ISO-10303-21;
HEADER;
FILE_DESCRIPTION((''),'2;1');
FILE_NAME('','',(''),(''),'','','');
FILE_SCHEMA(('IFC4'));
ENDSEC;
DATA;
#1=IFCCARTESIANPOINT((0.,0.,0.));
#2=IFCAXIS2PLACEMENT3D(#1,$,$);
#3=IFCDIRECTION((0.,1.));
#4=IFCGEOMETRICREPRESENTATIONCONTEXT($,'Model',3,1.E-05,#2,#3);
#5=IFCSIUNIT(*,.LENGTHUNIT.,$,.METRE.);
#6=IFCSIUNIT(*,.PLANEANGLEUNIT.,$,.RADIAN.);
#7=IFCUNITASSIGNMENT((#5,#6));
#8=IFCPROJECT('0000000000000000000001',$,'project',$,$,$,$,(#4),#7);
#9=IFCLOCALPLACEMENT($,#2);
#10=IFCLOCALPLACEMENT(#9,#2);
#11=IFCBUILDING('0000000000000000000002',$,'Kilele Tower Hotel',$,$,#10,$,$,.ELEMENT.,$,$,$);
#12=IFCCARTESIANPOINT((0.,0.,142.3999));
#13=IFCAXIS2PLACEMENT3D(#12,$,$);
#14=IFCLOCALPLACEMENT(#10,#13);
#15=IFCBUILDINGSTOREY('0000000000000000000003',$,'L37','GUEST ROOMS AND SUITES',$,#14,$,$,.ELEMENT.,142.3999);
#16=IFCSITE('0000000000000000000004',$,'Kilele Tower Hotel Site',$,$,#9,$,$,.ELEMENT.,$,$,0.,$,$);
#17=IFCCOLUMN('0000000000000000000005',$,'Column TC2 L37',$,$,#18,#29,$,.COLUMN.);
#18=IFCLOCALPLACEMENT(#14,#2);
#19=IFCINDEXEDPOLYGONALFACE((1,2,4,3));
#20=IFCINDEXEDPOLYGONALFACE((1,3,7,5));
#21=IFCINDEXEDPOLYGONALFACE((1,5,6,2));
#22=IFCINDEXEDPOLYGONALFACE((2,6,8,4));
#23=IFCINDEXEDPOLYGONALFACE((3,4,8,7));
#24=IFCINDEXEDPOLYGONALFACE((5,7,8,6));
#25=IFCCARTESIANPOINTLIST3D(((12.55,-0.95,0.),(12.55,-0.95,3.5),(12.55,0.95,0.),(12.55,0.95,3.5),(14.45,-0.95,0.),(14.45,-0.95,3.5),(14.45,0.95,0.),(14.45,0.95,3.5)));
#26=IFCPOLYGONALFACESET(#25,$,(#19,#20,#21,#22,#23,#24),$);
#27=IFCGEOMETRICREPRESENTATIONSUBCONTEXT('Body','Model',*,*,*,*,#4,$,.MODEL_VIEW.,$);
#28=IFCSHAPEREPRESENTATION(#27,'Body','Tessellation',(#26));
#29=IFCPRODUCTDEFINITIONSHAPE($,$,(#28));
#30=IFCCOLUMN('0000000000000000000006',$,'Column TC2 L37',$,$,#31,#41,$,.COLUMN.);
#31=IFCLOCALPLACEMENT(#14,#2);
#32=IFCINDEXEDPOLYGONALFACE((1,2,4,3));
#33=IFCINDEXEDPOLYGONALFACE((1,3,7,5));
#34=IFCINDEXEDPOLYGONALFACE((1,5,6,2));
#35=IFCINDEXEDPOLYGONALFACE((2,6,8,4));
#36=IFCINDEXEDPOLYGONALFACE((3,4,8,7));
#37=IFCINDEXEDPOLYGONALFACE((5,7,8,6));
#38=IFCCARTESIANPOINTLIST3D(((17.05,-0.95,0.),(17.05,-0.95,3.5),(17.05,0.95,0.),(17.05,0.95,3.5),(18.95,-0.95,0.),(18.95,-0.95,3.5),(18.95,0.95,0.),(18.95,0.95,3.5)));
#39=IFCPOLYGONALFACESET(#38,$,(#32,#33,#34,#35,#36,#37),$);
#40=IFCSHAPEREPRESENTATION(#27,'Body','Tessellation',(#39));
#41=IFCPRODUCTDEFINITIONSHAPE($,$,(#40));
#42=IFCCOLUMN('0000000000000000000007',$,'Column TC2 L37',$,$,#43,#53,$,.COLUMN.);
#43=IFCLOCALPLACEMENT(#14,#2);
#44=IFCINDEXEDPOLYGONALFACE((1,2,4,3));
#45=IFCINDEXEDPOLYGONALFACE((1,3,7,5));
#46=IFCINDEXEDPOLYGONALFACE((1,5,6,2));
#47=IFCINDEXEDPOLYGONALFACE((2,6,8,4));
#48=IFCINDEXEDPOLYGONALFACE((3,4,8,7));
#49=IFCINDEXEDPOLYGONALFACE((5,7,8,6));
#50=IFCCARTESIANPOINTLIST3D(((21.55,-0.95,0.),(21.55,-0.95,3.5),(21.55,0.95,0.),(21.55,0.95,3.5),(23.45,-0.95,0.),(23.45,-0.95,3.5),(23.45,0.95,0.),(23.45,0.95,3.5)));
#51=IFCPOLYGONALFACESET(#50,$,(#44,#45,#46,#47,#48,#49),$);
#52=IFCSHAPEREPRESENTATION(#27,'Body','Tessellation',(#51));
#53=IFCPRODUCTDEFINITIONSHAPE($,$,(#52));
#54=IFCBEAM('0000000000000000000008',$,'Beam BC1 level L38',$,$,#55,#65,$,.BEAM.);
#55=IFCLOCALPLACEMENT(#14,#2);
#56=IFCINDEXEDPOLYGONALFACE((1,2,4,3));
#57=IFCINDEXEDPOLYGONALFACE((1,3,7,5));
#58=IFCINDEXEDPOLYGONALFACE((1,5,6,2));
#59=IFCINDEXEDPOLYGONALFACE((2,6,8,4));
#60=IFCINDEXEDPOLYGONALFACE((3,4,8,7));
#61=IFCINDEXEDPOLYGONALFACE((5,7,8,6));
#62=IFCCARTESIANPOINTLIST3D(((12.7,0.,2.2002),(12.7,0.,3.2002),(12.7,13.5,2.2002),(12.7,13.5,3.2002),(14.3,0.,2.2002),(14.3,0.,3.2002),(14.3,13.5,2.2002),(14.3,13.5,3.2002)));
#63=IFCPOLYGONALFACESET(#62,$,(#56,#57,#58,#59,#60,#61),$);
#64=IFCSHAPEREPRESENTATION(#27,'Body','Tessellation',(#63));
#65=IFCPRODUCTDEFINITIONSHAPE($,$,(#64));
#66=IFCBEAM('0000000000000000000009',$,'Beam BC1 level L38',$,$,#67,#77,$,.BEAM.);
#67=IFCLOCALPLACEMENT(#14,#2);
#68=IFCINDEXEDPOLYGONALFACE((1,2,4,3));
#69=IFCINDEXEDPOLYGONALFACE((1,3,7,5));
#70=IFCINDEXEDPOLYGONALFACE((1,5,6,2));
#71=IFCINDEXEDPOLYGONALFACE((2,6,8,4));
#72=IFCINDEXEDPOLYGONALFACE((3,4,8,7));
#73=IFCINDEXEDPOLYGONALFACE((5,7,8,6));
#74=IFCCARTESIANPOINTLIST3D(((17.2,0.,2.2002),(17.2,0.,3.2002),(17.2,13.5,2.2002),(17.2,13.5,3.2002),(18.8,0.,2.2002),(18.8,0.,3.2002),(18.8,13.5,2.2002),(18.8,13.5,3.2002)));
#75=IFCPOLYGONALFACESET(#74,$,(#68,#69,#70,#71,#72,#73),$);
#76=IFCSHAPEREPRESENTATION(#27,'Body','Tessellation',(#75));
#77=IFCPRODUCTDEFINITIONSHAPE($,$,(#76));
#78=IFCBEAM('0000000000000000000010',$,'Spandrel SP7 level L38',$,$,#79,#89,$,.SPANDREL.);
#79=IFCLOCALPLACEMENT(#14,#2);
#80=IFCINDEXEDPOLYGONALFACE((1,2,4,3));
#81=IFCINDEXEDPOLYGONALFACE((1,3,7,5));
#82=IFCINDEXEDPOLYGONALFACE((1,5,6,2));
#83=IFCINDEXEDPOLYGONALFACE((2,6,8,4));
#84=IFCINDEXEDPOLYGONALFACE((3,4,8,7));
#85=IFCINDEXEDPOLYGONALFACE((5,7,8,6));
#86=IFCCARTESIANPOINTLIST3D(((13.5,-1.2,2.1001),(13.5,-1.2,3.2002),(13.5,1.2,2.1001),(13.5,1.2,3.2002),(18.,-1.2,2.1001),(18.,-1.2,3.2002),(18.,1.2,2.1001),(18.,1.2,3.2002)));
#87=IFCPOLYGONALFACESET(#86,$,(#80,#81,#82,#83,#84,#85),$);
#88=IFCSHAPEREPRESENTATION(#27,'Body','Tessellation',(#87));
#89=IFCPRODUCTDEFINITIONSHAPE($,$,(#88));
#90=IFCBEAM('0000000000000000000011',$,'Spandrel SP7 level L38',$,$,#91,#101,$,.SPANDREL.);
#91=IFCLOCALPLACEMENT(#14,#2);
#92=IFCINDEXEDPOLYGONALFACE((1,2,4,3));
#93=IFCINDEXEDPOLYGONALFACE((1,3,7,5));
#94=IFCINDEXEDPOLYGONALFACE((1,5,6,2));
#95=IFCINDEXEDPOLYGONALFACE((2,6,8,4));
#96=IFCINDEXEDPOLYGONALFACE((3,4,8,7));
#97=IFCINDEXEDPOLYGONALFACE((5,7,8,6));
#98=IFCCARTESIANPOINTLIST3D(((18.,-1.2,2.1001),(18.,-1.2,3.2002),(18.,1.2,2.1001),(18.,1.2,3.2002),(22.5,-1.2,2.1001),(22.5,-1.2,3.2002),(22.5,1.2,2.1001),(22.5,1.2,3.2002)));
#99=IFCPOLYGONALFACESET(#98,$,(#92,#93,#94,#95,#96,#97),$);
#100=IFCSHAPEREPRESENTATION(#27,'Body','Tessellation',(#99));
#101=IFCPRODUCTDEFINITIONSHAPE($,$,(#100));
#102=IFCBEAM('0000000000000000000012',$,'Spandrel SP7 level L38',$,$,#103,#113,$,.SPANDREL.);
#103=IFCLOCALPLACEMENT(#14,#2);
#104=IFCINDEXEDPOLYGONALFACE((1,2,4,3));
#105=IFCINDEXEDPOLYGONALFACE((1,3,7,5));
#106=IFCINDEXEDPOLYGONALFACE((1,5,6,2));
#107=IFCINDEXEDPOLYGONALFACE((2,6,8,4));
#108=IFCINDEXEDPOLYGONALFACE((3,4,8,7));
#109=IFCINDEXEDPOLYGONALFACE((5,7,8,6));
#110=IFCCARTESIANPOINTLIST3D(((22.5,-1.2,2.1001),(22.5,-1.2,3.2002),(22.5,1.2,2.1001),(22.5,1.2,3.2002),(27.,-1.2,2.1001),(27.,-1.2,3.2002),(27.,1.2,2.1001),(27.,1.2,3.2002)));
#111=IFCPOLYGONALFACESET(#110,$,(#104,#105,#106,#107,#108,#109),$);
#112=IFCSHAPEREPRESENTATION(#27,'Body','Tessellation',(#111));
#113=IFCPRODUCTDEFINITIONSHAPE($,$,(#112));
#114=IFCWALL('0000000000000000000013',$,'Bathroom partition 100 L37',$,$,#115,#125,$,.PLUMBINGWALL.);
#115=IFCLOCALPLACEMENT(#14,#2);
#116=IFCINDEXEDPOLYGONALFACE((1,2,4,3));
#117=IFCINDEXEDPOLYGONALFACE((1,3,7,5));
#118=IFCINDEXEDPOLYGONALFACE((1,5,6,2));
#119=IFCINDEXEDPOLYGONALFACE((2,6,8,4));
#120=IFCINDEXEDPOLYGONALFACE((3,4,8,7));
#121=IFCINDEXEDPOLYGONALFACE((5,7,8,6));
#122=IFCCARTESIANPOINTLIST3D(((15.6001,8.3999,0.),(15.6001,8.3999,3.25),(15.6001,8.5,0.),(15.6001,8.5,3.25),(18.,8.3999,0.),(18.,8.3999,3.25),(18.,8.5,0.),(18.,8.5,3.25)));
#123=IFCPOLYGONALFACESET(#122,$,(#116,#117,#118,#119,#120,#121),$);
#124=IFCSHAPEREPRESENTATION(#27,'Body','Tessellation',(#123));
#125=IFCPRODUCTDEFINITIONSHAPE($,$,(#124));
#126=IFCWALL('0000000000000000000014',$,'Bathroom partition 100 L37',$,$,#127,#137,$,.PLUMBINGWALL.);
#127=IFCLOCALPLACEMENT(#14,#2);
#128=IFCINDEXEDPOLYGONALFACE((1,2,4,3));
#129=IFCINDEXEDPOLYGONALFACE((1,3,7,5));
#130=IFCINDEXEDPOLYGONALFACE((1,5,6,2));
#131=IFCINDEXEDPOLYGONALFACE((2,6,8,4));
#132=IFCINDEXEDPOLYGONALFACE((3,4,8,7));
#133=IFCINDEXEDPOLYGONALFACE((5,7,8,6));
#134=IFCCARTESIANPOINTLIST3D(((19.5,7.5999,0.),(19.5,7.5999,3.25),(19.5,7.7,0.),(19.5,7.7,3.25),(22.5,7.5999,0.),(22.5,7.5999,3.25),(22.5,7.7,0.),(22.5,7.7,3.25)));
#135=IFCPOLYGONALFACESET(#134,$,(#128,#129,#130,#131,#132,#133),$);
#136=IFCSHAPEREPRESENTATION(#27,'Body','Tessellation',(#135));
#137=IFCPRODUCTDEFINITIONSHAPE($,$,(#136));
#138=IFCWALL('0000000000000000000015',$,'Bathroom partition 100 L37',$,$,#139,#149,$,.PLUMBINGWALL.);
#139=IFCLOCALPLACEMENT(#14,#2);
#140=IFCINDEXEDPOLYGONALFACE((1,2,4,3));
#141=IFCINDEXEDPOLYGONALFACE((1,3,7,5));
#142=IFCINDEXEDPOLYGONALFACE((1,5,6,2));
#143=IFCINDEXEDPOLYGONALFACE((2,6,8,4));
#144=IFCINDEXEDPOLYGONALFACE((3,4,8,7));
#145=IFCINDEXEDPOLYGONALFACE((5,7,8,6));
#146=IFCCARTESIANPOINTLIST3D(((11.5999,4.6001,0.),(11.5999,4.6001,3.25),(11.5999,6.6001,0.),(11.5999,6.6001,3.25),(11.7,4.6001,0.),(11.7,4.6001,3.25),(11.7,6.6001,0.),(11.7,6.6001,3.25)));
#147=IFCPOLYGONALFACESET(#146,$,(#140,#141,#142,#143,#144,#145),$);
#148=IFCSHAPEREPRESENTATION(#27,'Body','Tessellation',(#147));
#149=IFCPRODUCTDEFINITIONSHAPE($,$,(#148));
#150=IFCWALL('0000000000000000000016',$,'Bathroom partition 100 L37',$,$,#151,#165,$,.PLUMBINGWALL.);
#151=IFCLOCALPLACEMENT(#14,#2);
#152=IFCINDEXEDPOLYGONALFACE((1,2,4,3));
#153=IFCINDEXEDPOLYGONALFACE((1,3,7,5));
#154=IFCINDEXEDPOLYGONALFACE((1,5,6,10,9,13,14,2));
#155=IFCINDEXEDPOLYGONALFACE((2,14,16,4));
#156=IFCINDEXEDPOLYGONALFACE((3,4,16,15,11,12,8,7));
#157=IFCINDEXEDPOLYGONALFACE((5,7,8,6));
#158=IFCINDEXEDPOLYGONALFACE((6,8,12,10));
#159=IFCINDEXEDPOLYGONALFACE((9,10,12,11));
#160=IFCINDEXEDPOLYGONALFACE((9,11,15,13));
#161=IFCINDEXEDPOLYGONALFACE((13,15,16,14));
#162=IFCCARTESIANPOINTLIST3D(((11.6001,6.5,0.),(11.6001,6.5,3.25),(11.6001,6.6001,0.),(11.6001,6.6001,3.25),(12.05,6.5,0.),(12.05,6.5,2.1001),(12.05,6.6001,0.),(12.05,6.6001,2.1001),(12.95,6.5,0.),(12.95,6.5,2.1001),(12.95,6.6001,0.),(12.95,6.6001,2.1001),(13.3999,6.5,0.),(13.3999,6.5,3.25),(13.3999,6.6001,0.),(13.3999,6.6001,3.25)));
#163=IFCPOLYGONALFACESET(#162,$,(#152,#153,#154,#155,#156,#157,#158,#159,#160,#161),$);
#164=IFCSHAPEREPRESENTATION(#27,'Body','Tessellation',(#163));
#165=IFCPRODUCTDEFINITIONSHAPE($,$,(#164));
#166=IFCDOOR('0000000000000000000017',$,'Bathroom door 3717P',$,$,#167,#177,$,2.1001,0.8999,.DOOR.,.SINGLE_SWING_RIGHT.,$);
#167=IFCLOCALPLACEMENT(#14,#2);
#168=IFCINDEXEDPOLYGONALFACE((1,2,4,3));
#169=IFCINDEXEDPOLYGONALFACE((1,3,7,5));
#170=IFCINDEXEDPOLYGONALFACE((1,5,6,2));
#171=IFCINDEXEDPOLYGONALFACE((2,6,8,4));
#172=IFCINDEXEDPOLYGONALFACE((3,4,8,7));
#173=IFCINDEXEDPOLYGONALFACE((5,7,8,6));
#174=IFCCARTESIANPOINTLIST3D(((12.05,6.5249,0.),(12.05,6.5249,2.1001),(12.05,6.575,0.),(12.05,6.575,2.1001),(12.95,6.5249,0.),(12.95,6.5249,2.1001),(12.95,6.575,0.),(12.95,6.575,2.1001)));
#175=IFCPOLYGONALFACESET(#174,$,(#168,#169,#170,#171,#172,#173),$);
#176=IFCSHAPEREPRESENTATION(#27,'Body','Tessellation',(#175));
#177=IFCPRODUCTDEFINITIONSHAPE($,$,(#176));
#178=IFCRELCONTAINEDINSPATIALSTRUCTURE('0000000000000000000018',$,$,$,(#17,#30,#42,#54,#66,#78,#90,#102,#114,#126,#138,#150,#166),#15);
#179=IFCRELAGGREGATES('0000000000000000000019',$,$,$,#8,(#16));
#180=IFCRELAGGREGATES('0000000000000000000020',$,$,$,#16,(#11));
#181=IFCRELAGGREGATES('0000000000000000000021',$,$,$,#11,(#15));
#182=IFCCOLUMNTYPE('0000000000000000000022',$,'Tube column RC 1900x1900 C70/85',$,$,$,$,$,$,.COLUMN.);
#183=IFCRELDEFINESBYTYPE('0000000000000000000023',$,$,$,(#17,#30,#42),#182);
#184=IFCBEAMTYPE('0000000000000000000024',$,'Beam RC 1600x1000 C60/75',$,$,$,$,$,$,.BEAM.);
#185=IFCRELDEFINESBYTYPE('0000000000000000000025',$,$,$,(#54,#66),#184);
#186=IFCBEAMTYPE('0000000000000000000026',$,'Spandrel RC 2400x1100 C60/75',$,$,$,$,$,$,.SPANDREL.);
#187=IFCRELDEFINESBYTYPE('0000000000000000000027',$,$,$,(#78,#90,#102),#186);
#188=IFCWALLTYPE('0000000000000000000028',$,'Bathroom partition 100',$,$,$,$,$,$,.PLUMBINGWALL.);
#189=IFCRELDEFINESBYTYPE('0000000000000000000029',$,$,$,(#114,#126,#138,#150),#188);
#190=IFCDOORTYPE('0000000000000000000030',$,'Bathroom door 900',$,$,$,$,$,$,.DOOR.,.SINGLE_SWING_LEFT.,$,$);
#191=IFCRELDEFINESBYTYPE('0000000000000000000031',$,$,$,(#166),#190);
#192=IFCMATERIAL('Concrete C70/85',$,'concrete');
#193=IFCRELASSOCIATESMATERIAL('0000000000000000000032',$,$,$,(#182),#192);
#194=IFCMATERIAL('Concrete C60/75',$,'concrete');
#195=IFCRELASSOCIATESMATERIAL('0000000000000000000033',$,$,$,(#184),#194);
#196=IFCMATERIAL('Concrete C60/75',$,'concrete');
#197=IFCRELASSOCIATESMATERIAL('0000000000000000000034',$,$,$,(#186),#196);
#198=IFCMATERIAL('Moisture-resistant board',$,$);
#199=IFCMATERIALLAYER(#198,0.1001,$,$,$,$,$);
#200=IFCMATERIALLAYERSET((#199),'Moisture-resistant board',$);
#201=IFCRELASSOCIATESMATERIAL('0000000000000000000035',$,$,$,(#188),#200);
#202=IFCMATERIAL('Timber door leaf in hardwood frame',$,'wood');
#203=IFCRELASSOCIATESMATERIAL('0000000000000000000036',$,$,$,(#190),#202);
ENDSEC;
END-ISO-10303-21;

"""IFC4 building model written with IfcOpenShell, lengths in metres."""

from ifc_helpers import new_model, si_unit, direction, frame, frame_2d, origin, origin_2d, place, context, subcontext, project, spatial, rectangle, extrude, material, layer, layer_set, material_profile, profile_set, type_object, element, fill, save


model = new_model("IFC4")

# Units and contexts
model_context = context("Model", 3, precision=1e-05, world=origin(), true_north=direction((0.0, 1.0)))
body_context = subcontext(model_context, "Body", "Model", "MODEL_VIEW")
ifc_project = project(units=[si_unit("LENGTHUNIT", "METRE"), si_unit("PLANEANGLEUNIT", "RADIAN")], contexts=[model_context])

# Site, building, storey
site_placement = place(None, origin())
site = spatial("IfcSite", under=ifc_project, at=site_placement, Name="Kilele Tower Hotel Site", CompositionType="ELEMENT", RefElevation=0.0)
building_placement = place(site_placement, origin())
building = spatial("IfcBuilding", under=site, at=building_placement, Name="Kilele Tower Hotel", CompositionType="ELEMENT")
storey_placement = place(building_placement, frame((0.0, 0.0, 142.3999)))
storey = spatial("IfcBuildingStorey", under=building, at=storey_placement, Name="L37", Description="GUEST ROOMS AND SUITES", CompositionType="ELEMENT", Elevation=142.3999)

# Columns
ifc_material_1 = material(Name="Concrete C70/85", Category="concrete")
ifc_material_profile_1 = material_profile(ifc_material_1, rectangle(XDim=1.8999, YDim=1.8999, at=origin_2d()))
ifc_profile_set_1 = profile_set([ifc_material_profile_1], Name="Concrete C70/85")
column_type = type_object("IfcColumnType", Name="Tube column RC 1900x1900 C70/85", PredefinedType="COLUMN", material=ifc_profile_set_1)
for number, where, z_axis, x_axis, name in (
    (1, (13.5, 0.0, 0.0), (0.0, 0.0, 1.0), (1.0, 0.0, 0.0), "Column TC2 L37"),
    (2, (18.0, 0.0, 0.0), (0.0, 0.0, 1.0), (1.0, 0.0, 0.0), "Column TC2 L37"),
    (3, (22.5, 0.0, 0.0), (0.0, 0.0, 1.0), (1.0, 0.0, 0.0), "Column TC2 L37"),
):
    element("IfcColumn", number, at=place(storey_placement, frame(where, z_axis=z_axis, x_axis=x_axis)), inside=storey, type_object=column_type, Name=name, PredefinedType="COLUMN", context=body_context, shape_type="SweptSolid", body=[
        extrude(rectangle(XDim=1.8999, YDim=1.8999, at=origin_2d()), origin(), (0.0, 0.0, 1.0), 3.5),
    ])

# Beams
ifc_material_2 = material(Name="Concrete C60/75", Category="concrete")
ifc_material_profile_2 = material_profile(ifc_material_2, rectangle(XDim=1.6001, YDim=1.0, at=origin_2d()))
ifc_profile_set_2 = profile_set([ifc_material_profile_2], Name="Concrete C60/75")
beam_type_1 = type_object("IfcBeamType", Name="Beam RC 1600x1000 C60/75", PredefinedType="BEAM", material=ifc_profile_set_2)
for number, where, z_axis, x_axis, name in (
    (4, (13.5, 0.0, 2.7002), (0.0, 1.0, 0.0), (-1.0, 0.0, 0.0), "Beam BC1 level L38"),
    (5, (18.0, 0.0, 2.7002), (0.0, 1.0, 0.0), (-1.0, 0.0, 0.0), "Beam BC1 level L38"),
):
    element("IfcBeam", number, at=place(storey_placement, frame(where, z_axis=z_axis, x_axis=x_axis)), inside=storey, type_object=beam_type_1, Name=name, PredefinedType="BEAM", context=body_context, shape_type="SweptSolid", body=[
        extrude(rectangle(XDim=1.6001, YDim=1.0, at=origin_2d()), origin(), (0.0, 0.0, 1.0), 13.5),
    ])
ifc_material_3 = material(Name="Concrete C60/75", Category="concrete")
ifc_material_profile_3 = material_profile(ifc_material_3, rectangle(XDim=2.3999, YDim=1.1001, at=origin_2d()))
ifc_profile_set_3 = profile_set([ifc_material_profile_3], Name="Concrete C60/75")
beam_type_2 = type_object("IfcBeamType", Name="Spandrel RC 2400x1100 C60/75", PredefinedType="SPANDREL", material=ifc_profile_set_3)
for number, where, z_axis, x_axis, name in (
    (6, (13.5, 0.0, 2.6501), (1.0, 0.0, 0.0), (0.0, 1.0, 0.0), "Spandrel SP7 level L38"),
    (7, (18.0, 0.0, 2.6501), (1.0, 0.0, 0.0), (0.0, 1.0, 0.0), "Spandrel SP7 level L38"),
    (8, (22.5, 0.0, 2.6501), (1.0, 0.0, 0.0), (0.0, 1.0, 0.0), "Spandrel SP7 level L38"),
):
    element("IfcBeam", number, at=place(storey_placement, frame(where, z_axis=z_axis, x_axis=x_axis)), inside=storey, type_object=beam_type_2, Name=name, PredefinedType="SPANDREL", context=body_context, shape_type="SweptSolid", body=[
        extrude(rectangle(XDim=2.3999, YDim=1.1001, at=origin_2d()), origin(), (0.0, 0.0, 1.0), 4.5),
    ])

# Walls
ifc_material_4 = material(Name="Moisture-resistant board")
ifc_layer_1 = layer(ifc_material_4, 0.1001)
ifc_layer_set_1 = layer_set([ifc_layer_1], Name="Moisture-resistant board")
wall_type_1 = type_object("IfcWallType", Name="Bathroom partition 100", PredefinedType="PLUMBINGWALL", material=ifc_layer_set_1)
wall_1_placement = place(storey_placement, frame((15.6001, 8.45, 0.0), z_axis=(0.0, 0.0, 1.0), x_axis=(1.0, 0.0, 0.0)))
element("IfcWall", 9, at=wall_1_placement, inside=storey, type_object=wall_type_1, Name="Bathroom partition 100 L37", PredefinedType="PLUMBINGWALL", context=body_context, shape_type="SweptSolid", body=[
    extrude(rectangle(XDim=2.3999, YDim=0.1001, at=frame_2d((1.2, 0.0))), origin(), (0.0, 0.0, 1.0), 3.25),
])
wall_2_placement = place(storey_placement, frame((19.5, 7.6499, 0.0), z_axis=(0.0, 0.0, 1.0), x_axis=(1.0, 0.0, 0.0)))
element("IfcWall", 10, at=wall_2_placement, inside=storey, type_object=wall_type_1, Name="Bathroom partition 100 L37", PredefinedType="PLUMBINGWALL", context=body_context, shape_type="SweptSolid", body=[
    extrude(rectangle(XDim=3.0, YDim=0.1001, at=frame_2d((1.5, 0.0))), origin(), (0.0, 0.0, 1.0), 3.25),
])
wall_3_placement = place(storey_placement, frame((11.6499, 4.6001, 0.0), z_axis=(0.0, 0.0, 1.0), x_axis=(0.0, 1.0, 0.0)))
element("IfcWall", 11, at=wall_3_placement, inside=storey, type_object=wall_type_1, Name="Bathroom partition 100 L37", PredefinedType="PLUMBINGWALL", context=body_context, shape_type="SweptSolid", body=[
    extrude(rectangle(XDim=2.0, YDim=0.1001, at=frame_2d((1.0, 0.0))), origin(), (0.0, 0.0, 1.0), 3.25),
])

# Wall, opening, door
wall_4_placement = place(storey_placement, frame((13.3999, 6.55, 0.0), z_axis=(0.0, 0.0, 1.0), x_axis=(-1.0, 0.0, 0.0)))
wall_4 = element("IfcWall", 12, at=wall_4_placement, inside=storey, type_object=wall_type_1, Name="Bathroom partition 100 L37", PredefinedType="PLUMBINGWALL", context=body_context, shape_type="SweptSolid", body=[
    extrude(rectangle(XDim=1.7998, YDim=0.1001, at=frame_2d((0.8999, 0.0))), origin(), (0.0, 0.0, 1.0), 3.25),
])
opening_1_placement = place(wall_4_placement, frame((1.3499, 0.0, 0.0), z_axis=(0.0, 0.0, 1.0), x_axis=(-1.0, 0.0, 0.0)))
opening_1 = element("IfcOpeningElement", 13, at=opening_1_placement, cuts=wall_4, PredefinedType="OPENING", context=body_context, shape_type="SweptSolid", body=[
    extrude(rectangle(XDim=0.8999, YDim=2.1001, at=frame_2d((0.45, 1.05))), frame((0.0, 0.0601, 0.0), z_axis=(0.0, -1.0, 0.0), x_axis=(1.0, 0.0, 0.0)), (0.0, 0.0, 1.0), 0.1201),
])
ifc_material_5 = material(Name="Timber door leaf in hardwood frame", Category="wood")
door_type_1 = type_object("IfcDoorType", Name="Bathroom door 900", OperationType="SINGLE_SWING_LEFT", PredefinedType="DOOR", material=ifc_material_5)
door_1_placement = place(opening_1_placement, origin())
door_1 = element("IfcDoor", 14, at=door_1_placement, inside=storey, type_object=door_type_1, Name="Bathroom door 3717P", OperationType="SINGLE_SWING_RIGHT", OverallHeight=2.1001, OverallWidth=0.8999, PredefinedType="DOOR", context=body_context, shape_type="SweptSolid", body=[
    extrude(rectangle(XDim=0.8999, YDim=2.1001, at=frame_2d((0.45, 1.05))), frame((0.0, 0.0249, 0.0), z_axis=(0.0, -1.0, 0.0), x_axis=(1.0, 0.0, 0.0)), (0.0, 0.0, 1.0), 0.05),
])
fill(opening_1, door_1)

save(model, "model.ifc")
